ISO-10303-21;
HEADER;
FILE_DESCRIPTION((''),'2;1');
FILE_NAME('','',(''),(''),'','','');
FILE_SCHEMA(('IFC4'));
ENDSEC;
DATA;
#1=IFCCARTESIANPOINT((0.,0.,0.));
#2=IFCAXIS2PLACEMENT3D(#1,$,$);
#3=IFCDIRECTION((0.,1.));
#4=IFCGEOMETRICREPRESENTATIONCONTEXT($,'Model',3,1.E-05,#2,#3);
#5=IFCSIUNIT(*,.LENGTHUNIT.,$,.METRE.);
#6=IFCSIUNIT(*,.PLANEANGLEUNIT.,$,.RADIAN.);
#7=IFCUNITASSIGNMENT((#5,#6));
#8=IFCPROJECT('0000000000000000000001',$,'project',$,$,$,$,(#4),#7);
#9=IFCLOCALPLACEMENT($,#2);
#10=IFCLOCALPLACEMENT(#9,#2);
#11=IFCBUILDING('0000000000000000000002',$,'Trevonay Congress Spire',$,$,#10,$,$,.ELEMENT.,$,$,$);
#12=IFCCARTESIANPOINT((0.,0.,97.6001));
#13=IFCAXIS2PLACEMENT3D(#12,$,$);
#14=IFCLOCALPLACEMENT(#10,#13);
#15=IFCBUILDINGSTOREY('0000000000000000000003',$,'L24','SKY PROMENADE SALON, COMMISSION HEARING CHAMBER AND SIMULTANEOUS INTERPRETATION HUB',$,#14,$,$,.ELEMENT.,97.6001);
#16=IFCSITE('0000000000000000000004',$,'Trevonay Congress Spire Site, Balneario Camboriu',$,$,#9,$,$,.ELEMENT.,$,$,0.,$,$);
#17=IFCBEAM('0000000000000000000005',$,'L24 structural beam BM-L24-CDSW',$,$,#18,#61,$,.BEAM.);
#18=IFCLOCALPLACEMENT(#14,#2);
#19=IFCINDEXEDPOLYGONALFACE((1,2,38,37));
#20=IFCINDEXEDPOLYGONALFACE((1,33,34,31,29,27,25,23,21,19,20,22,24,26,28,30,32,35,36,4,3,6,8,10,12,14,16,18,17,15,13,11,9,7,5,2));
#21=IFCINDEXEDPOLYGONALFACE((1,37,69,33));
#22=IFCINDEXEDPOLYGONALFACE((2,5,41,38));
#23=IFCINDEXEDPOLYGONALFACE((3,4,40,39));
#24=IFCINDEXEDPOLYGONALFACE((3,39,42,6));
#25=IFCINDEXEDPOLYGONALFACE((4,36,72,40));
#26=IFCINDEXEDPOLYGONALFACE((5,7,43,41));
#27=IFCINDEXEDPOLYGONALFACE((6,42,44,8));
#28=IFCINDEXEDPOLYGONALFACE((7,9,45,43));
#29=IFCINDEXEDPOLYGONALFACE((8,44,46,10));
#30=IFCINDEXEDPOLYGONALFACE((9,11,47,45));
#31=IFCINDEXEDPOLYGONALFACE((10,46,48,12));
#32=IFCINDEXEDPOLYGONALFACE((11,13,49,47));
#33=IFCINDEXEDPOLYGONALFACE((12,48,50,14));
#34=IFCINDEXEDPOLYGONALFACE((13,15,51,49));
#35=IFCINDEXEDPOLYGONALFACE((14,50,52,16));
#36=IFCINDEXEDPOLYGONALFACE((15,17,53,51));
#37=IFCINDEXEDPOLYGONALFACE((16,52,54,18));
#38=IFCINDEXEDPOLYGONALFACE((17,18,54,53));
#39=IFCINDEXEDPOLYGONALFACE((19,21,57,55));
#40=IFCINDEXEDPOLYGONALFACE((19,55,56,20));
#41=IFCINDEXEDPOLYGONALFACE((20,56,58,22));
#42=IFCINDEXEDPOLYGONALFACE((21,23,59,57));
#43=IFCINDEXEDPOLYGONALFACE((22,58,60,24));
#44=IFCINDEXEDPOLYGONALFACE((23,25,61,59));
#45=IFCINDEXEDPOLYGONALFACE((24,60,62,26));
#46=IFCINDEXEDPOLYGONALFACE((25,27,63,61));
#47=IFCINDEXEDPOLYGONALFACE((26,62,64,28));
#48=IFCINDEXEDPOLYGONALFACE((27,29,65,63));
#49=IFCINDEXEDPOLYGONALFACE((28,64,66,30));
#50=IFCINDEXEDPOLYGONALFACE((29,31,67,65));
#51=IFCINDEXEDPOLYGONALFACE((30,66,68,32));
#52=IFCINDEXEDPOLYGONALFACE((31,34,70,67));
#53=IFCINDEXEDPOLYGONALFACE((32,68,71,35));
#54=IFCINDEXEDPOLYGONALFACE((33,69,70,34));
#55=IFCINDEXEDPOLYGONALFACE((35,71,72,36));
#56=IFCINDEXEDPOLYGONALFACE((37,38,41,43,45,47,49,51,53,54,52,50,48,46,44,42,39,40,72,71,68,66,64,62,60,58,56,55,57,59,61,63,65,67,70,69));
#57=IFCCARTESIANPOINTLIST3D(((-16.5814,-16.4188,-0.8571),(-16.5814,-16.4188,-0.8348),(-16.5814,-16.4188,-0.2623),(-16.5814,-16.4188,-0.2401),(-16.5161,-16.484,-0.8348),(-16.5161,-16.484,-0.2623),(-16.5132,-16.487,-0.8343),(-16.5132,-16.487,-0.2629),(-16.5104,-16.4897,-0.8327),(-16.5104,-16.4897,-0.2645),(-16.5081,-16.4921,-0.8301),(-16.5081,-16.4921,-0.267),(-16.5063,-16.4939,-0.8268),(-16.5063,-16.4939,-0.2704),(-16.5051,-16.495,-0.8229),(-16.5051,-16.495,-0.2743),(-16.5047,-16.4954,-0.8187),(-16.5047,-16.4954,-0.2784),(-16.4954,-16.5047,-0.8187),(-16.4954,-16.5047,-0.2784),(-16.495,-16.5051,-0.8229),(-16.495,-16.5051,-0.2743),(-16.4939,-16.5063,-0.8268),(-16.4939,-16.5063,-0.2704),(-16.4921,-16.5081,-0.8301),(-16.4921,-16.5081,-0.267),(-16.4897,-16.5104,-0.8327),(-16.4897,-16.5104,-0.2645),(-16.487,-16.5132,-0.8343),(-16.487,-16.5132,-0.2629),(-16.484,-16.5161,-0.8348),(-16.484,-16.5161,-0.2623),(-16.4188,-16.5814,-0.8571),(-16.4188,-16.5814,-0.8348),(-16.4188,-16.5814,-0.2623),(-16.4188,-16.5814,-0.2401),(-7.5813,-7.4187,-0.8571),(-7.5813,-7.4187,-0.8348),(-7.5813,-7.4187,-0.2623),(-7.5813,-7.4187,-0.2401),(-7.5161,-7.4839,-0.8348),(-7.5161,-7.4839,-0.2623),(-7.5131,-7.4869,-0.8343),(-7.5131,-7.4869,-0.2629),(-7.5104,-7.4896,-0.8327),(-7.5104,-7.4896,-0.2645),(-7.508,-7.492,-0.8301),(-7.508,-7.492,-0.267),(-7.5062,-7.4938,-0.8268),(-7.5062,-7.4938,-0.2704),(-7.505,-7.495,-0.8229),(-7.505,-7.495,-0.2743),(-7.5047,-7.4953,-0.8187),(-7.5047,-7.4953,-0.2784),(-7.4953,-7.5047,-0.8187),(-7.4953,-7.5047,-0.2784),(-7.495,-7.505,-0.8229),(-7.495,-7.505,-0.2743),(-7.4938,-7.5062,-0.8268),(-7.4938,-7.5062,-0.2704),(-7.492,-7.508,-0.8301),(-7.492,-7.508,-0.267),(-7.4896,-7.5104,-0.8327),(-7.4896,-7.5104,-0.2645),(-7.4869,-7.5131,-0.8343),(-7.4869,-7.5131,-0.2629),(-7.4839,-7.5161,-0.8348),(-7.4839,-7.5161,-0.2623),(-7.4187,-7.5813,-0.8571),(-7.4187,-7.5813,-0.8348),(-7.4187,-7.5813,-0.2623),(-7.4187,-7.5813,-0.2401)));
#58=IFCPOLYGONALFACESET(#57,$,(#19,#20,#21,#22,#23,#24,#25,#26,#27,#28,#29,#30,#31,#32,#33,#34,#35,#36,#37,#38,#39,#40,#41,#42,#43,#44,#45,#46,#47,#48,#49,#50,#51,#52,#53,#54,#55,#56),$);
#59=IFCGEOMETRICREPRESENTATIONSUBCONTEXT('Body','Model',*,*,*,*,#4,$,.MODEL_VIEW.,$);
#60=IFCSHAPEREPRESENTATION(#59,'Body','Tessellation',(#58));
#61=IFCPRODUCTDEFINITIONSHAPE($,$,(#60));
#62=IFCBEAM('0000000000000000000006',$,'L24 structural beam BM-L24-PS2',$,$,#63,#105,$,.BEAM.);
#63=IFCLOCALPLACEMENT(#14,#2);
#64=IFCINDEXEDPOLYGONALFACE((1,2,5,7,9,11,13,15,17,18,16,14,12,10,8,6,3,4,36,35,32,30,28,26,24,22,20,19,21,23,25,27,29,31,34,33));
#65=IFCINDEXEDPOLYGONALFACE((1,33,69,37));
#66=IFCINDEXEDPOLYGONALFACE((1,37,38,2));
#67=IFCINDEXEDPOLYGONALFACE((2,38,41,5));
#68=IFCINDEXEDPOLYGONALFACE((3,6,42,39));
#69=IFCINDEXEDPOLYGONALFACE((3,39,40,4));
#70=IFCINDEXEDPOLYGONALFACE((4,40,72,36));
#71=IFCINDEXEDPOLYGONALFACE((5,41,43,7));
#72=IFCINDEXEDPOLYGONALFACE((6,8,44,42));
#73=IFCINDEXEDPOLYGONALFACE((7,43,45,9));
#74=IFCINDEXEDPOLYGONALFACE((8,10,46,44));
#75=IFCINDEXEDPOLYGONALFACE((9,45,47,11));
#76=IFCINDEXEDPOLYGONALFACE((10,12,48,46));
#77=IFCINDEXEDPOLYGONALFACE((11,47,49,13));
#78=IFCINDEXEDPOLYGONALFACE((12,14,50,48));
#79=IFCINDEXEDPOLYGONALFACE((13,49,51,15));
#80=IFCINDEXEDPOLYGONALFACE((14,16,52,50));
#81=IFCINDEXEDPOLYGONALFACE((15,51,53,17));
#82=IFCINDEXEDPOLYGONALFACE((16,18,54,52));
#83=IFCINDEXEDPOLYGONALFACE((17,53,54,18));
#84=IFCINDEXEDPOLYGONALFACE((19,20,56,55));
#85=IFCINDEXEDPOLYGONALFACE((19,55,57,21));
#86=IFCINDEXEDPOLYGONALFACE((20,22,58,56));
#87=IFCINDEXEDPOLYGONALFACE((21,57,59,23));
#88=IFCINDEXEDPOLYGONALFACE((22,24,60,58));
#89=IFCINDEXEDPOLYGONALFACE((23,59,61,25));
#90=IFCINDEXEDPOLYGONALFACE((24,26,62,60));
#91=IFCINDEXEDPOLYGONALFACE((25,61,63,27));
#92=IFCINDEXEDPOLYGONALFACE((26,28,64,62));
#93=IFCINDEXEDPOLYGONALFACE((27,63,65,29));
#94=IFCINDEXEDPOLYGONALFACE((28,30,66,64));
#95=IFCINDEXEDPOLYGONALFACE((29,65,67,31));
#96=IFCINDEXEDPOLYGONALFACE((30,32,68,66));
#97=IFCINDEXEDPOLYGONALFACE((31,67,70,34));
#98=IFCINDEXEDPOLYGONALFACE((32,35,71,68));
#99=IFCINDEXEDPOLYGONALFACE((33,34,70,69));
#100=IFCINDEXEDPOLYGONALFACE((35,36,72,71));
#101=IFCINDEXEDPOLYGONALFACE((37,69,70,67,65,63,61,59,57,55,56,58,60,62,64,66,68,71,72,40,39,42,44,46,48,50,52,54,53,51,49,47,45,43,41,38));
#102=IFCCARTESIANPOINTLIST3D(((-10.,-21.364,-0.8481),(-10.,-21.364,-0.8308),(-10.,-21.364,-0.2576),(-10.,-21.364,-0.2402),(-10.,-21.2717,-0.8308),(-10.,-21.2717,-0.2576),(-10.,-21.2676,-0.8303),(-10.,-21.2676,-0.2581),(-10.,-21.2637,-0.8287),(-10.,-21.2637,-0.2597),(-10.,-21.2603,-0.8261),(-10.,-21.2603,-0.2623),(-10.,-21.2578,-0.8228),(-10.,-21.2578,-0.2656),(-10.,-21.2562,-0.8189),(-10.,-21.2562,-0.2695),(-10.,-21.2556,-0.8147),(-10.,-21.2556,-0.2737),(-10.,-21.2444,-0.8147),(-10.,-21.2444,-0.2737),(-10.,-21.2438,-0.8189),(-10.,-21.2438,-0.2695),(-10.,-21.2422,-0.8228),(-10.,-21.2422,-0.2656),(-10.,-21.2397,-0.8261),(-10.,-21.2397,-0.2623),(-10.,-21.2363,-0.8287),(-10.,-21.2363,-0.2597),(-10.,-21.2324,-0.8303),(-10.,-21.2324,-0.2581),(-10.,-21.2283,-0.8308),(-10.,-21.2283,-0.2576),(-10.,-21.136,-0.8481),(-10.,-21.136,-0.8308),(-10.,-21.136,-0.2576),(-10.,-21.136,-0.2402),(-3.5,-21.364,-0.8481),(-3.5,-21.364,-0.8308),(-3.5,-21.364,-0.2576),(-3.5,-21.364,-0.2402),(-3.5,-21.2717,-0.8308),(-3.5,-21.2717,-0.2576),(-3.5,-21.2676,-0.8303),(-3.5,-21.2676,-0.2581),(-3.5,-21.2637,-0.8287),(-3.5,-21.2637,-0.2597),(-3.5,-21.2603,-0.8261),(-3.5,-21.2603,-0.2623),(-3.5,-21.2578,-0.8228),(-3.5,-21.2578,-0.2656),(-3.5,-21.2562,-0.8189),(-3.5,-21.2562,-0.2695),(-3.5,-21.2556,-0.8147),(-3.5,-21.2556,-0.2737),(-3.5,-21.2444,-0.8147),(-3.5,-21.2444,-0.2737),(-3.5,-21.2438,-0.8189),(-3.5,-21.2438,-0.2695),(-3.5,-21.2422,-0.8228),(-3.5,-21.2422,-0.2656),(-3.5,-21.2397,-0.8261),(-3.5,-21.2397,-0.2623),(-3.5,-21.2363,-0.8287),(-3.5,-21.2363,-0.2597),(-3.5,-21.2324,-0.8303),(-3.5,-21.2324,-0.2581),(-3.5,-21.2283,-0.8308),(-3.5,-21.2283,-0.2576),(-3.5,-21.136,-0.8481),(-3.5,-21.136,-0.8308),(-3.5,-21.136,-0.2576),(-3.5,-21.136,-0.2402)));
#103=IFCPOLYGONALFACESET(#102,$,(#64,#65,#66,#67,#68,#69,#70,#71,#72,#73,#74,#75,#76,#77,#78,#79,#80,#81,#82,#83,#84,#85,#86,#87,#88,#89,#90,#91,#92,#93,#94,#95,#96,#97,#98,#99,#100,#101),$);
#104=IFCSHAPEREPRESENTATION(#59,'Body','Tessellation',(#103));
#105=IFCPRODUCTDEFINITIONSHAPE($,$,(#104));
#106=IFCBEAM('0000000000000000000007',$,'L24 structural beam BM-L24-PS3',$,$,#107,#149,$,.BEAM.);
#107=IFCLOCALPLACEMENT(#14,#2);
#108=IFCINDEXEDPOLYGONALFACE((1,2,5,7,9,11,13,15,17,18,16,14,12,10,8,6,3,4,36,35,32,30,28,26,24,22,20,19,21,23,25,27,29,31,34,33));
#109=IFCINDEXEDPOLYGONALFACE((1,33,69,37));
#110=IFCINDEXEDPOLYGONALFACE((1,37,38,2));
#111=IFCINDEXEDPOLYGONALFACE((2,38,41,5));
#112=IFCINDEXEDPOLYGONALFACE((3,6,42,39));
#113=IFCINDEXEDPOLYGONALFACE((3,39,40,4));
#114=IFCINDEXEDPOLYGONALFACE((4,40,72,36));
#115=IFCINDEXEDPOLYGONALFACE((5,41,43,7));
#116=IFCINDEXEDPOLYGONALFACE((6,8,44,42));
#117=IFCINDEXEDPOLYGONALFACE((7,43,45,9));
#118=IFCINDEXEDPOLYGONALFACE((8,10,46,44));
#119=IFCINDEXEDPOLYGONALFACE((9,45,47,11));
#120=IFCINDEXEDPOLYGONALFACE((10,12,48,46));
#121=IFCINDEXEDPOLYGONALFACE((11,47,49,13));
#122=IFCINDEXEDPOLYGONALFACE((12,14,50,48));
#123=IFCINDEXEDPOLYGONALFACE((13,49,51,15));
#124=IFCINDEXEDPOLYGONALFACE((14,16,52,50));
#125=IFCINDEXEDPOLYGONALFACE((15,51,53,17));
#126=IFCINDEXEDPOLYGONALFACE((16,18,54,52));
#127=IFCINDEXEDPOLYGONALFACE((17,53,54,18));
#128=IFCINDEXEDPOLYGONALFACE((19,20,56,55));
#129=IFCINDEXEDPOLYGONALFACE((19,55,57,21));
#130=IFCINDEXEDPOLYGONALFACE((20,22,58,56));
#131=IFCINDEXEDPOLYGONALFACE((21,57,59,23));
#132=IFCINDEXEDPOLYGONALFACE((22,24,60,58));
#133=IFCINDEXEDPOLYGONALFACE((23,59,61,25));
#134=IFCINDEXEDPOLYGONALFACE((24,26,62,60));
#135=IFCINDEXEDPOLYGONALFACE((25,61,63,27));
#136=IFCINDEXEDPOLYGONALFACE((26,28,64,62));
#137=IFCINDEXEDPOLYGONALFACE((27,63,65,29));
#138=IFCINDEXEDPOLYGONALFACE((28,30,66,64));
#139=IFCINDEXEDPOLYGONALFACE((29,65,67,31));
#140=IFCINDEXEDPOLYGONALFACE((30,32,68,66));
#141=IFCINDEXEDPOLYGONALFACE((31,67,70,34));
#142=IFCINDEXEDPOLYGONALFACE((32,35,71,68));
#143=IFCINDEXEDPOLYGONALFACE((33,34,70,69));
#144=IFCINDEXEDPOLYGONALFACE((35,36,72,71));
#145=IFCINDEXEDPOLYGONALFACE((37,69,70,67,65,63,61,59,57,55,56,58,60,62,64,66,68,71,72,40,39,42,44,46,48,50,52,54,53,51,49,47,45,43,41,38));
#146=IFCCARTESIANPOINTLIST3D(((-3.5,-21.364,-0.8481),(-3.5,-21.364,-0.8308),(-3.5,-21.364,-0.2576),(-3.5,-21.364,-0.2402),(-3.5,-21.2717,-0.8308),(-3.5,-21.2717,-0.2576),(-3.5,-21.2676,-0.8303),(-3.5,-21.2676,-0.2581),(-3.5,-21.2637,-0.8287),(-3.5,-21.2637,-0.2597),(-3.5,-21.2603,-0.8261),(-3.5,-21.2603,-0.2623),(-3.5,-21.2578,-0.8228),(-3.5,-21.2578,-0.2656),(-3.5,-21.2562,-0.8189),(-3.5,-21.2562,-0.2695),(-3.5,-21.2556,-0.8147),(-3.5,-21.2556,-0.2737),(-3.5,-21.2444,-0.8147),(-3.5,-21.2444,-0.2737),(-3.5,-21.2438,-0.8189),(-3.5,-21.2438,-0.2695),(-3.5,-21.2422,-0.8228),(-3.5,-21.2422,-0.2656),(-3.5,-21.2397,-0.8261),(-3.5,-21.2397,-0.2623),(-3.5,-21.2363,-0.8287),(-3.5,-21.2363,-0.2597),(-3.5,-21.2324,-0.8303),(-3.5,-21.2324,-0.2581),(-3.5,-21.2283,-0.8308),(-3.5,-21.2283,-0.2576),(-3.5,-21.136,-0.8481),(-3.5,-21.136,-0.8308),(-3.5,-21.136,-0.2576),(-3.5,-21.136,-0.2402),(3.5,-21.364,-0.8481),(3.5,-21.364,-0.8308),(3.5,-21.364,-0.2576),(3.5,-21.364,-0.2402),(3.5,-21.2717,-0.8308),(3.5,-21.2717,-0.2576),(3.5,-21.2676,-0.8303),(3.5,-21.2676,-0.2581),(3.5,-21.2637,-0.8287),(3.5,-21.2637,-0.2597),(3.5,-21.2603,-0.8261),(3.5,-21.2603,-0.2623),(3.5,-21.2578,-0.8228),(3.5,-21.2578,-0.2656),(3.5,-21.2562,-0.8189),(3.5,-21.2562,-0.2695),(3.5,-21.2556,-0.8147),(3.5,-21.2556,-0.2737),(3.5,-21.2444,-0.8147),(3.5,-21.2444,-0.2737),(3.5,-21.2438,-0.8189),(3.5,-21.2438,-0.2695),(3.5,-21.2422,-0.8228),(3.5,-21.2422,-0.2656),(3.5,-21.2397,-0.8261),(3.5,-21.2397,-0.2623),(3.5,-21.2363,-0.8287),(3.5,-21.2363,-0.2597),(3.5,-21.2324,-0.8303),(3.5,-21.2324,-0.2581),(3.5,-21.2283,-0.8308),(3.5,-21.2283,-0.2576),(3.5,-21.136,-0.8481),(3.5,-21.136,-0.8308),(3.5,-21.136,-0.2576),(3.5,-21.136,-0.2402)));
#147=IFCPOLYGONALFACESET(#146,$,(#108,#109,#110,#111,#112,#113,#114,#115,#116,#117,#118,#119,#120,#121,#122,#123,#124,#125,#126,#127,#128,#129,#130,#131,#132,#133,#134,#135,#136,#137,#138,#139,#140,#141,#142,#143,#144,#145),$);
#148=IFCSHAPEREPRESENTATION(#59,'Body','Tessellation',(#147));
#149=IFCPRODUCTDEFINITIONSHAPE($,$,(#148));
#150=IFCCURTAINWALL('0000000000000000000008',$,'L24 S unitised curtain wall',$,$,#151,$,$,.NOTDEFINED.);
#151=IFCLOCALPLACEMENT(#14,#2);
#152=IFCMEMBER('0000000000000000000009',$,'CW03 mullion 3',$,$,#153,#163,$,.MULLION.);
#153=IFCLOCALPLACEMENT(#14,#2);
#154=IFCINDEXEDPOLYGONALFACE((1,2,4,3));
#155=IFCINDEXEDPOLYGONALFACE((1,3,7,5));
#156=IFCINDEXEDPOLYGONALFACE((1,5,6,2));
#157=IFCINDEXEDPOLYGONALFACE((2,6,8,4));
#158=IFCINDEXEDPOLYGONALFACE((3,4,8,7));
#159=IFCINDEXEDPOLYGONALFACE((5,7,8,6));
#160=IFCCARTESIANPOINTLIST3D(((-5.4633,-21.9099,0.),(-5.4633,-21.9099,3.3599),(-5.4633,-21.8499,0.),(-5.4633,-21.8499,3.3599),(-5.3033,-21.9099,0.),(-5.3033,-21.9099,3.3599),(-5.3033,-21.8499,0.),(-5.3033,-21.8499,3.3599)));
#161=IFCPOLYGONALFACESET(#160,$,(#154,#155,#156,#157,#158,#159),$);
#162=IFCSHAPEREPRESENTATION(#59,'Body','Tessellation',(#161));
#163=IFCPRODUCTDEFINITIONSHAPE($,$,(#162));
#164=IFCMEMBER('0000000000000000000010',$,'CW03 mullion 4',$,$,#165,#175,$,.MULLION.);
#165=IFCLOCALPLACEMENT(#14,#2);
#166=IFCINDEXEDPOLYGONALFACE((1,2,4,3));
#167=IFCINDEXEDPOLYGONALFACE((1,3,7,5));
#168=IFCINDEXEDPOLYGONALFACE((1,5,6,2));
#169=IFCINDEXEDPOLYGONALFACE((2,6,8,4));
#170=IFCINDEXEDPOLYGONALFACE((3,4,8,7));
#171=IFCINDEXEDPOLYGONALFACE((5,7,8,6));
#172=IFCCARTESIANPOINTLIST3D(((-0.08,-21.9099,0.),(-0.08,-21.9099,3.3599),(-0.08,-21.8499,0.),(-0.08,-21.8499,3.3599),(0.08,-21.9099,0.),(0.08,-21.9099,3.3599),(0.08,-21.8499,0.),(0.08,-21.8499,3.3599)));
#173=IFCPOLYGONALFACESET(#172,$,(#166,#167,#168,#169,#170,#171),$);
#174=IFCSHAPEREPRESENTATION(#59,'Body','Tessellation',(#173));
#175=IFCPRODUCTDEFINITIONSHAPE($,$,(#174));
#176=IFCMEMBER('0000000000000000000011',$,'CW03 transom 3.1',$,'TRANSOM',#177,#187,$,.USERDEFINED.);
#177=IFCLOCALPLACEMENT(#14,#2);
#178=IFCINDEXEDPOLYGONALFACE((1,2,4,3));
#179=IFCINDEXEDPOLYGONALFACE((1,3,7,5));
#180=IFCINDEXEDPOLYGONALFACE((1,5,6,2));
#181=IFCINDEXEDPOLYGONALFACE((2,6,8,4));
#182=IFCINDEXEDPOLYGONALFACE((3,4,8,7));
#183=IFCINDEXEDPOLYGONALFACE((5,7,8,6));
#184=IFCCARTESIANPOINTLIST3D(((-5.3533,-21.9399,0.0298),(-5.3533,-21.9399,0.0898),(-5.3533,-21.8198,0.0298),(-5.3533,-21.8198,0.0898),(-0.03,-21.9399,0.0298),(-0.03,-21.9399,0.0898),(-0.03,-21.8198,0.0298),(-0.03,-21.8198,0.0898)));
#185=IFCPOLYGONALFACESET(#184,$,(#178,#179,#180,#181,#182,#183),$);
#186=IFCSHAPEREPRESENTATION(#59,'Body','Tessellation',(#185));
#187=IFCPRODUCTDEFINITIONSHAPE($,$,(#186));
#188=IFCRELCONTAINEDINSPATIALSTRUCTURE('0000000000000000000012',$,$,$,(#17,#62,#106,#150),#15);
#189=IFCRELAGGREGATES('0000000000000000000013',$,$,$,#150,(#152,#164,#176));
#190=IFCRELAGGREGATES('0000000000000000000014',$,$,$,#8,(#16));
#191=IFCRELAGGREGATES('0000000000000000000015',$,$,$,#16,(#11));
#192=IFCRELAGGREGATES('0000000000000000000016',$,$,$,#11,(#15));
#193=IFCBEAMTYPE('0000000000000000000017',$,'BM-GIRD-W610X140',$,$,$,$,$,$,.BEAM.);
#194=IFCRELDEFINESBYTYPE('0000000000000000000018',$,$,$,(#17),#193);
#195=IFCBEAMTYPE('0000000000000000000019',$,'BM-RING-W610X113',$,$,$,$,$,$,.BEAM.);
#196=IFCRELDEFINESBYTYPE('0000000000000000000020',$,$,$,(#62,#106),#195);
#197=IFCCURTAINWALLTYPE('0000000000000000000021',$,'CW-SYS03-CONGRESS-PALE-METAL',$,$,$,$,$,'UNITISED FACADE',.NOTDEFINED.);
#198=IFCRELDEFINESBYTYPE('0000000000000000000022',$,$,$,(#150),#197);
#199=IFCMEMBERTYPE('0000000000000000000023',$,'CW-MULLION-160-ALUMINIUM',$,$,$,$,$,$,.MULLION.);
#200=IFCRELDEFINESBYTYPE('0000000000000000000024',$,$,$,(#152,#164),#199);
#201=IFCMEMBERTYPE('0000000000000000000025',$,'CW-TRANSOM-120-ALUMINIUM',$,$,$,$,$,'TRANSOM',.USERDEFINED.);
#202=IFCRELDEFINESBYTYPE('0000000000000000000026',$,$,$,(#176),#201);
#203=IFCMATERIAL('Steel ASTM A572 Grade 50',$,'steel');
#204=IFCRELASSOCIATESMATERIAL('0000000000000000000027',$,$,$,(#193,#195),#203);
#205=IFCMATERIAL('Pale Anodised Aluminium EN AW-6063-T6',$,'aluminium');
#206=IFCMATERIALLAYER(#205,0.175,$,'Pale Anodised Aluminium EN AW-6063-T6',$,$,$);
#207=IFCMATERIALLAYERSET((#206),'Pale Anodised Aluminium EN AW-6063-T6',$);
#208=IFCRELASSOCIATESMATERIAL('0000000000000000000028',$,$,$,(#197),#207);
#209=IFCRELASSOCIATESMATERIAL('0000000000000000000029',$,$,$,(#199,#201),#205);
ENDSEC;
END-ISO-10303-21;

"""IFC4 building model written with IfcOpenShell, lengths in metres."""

from ifc_helpers import new_model, si_unit, direction, frame, origin, origin_2d, place, context, subcontext, project, spatial, rectangle, i_section, extrude, material, layer, layer_set, material_profile, profile_set, type_object, element, aggregate, save


model = new_model("IFC4")

# Units and contexts
model_context = context("Model", 3, precision=1e-05, world=origin(), true_north=direction((0.0, 1.0)))
body_context = subcontext(model_context, "Body", "Model", "MODEL_VIEW")
ifc_project = project(units=[si_unit("LENGTHUNIT", "METRE"), si_unit("PLANEANGLEUNIT", "RADIAN")], contexts=[model_context])

# Site, building, storey
site_placement = place(None, origin())
site = spatial("IfcSite", under=ifc_project, at=site_placement, Name="Trevonay Congress Spire Site, Balneario Camboriu", CompositionType="ELEMENT", RefElevation=0.0)
building_placement = place(site_placement, origin())
building = spatial("IfcBuilding", under=site, at=building_placement, Name="Trevonay Congress Spire", CompositionType="ELEMENT")
storey_placement = place(building_placement, frame((0.0, 0.0, 97.6001)))
storey = spatial("IfcBuildingStorey", under=building, at=storey_placement, Name="L24", Description="SKY PROMENADE SALON, COMMISSION HEARING CHAMBER AND SIMULTANEOUS INTERPRETATION HUB", CompositionType="ELEMENT", Elevation=97.6001)

# Shared definitions
ifc_material_1 = material(Name="Steel ASTM A572 Grade 50", Category="steel")

# Beams
ifc_material_profile_1 = material_profile(ifc_material_1, i_section(OverallWidth=0.23, OverallDepth=0.6169, WebThickness=0.0132, FlangeThickness=0.0222, FilletRadius=0.0161, at=origin_2d()), Name="W610x140")
ifc_profile_set_1 = profile_set([ifc_material_profile_1], Name="Steel ASTM A572 Grade 50")
beam_type_1 = type_object("IfcBeamType", Name="BM-GIRD-W610X140", PredefinedType="BEAM", material=ifc_profile_set_1)
beam_1_placement = place(storey_placement, frame((-7.5, -7.5, -0.5486), z_axis=(-0.707107, -0.707107, 0.0), x_axis=(0.707107, -0.707107, 0.0)))
element("IfcBeam", 1, at=beam_1_placement, inside=storey, type_object=beam_type_1, Name="L24 structural beam BM-L24-CDSW", PredefinedType="BEAM", context=body_context, shape_type="SweptSolid", body=[
    extrude(i_section(OverallWidth=0.23, OverallDepth=0.6169, WebThickness=0.0132, FlangeThickness=0.0222, FilletRadius=0.0161, at=origin_2d()), origin(), (0.0, 0.0, 1.0), 12.728),
])
ifc_material_profile_2 = material_profile(ifc_material_1, i_section(OverallWidth=0.228, OverallDepth=0.6079, WebThickness=0.0112, FlangeThickness=0.0173, FilletRadius=0.0161, at=origin_2d()), Name="W610x113")
ifc_profile_set_2 = profile_set([ifc_material_profile_2], Name="Steel ASTM A572 Grade 50")
beam_type_2 = type_object("IfcBeamType", Name="BM-RING-W610X113", PredefinedType="BEAM", material=ifc_profile_set_2)
beam_2_placement = place(storey_placement, frame((-10.0, -21.25, -0.5442), z_axis=(1.0, 0.0, 0.0), x_axis=(0.0, 1.0, 0.0)))
element("IfcBeam", 2, at=beam_2_placement, inside=storey, type_object=beam_type_2, Name="L24 structural beam BM-L24-PS2", PredefinedType="BEAM", context=body_context, shape_type="SweptSolid", body=[
    extrude(i_section(OverallWidth=0.228, OverallDepth=0.6079, WebThickness=0.0112, FlangeThickness=0.0173, FilletRadius=0.0161, at=origin_2d()), origin(), (0.0, 0.0, 1.0), 6.5),
])
beam_3_placement = place(storey_placement, frame((-3.5, -21.25, -0.5442), z_axis=(1.0, 0.0, 0.0), x_axis=(0.0, 1.0, 0.0)))
element("IfcBeam", 3, at=beam_3_placement, inside=storey, type_object=beam_type_2, Name="L24 structural beam BM-L24-PS3", PredefinedType="BEAM", context=body_context, shape_type="SweptSolid", body=[
    extrude(i_section(OverallWidth=0.228, OverallDepth=0.6079, WebThickness=0.0112, FlangeThickness=0.0173, FilletRadius=0.0161, at=origin_2d()), origin(), (0.0, 0.0, 1.0), 7.0),
])

# Curtain wall, members
ifc_material_2 = material(Name="Pale Anodised Aluminium EN AW-6063-T6", Category="aluminium")
ifc_layer_1 = layer(ifc_material_2, 0.175, Name="Pale Anodised Aluminium EN AW-6063-T6")
ifc_layer_set_1 = layer_set([ifc_layer_1], Name="Pale Anodised Aluminium EN AW-6063-T6")
curtain_wall_type = type_object("IfcCurtainWallType", Name="CW-SYS03-CONGRESS-PALE-METAL", ElementType="UNITISED FACADE", PredefinedType="NOTDEFINED", material=ifc_layer_set_1)
curtain_wall_placement = place(storey_placement, origin())
curtain_wall = element("IfcCurtainWall", 4, at=curtain_wall_placement, inside=storey, type_object=curtain_wall_type, Name="L24 S unitised curtain wall", PredefinedType="NOTDEFINED")
ifc_material_profile_3 = material_profile(ifc_material_2, rectangle(XDim=0.0601, YDim=0.1599, at=origin_2d()), Name="CW-MULLION-160-ALUMINIUM")
ifc_profile_set_3 = profile_set([ifc_material_profile_3], Name="Pale Anodised Aluminium EN AW-6063-T6")
member_type_1 = type_object("IfcMemberType", Name="CW-MULLION-160-ALUMINIUM", PredefinedType="MULLION", material=ifc_profile_set_3)
member_1_placement = place(storey_placement, frame((-5.3833, -21.8799, 0.0), z_axis=(0.0, 0.0, 1.0), x_axis=(0.0, 1.0, 0.0)))
member_1 = element("IfcMember", 5, at=member_1_placement, type_object=member_type_1, Name="CW03 mullion 3", PredefinedType="MULLION", context=body_context, shape_type="SweptSolid", body=[
    extrude(rectangle(XDim=0.0601, YDim=0.1599, at=origin_2d()), origin(), (0.0, 0.0, 1.0), 3.3599),
])
member_2_placement = place(storey_placement, frame((0.0, -21.8799, 0.0), z_axis=(0.0, 0.0, 1.0), x_axis=(0.0, 1.0, 0.0)))
member_2 = element("IfcMember", 6, at=member_2_placement, type_object=member_type_1, Name="CW03 mullion 4", PredefinedType="MULLION", context=body_context, shape_type="SweptSolid", body=[
    extrude(rectangle(XDim=0.0601, YDim=0.1599, at=origin_2d()), origin(), (0.0, 0.0, 1.0), 3.3599),
])
ifc_material_profile_4 = material_profile(ifc_material_2, rectangle(XDim=0.1201, YDim=0.0601, at=origin_2d()), Name="CW-TRANSOM-120-ALUMINIUM")
ifc_profile_set_4 = profile_set([ifc_material_profile_4], Name="Pale Anodised Aluminium EN AW-6063-T6")
member_type_2 = type_object("IfcMemberType", Name="CW-TRANSOM-120-ALUMINIUM", ElementType="TRANSOM", PredefinedType="USERDEFINED", material=ifc_profile_set_4)
member_3_placement = place(storey_placement, frame((-5.3533, -21.8799, 0.0598), z_axis=(1.0, 0.0, 0.0), x_axis=(0.0, 1.0, 0.0)))
member_3 = element("IfcMember", 7, at=member_3_placement, type_object=member_type_2, Name="CW03 transom 3.1", ObjectType="TRANSOM", PredefinedType="USERDEFINED", context=body_context, shape_type="SweptSolid", body=[
    extrude(rectangle(XDim=0.1201, YDim=0.0601, at=origin_2d()), origin(), (0.0, 0.0, 1.0), 5.3232),
])

aggregate(curtain_wall, [member_1, member_2, member_3])

save(model, "model.ifc")
